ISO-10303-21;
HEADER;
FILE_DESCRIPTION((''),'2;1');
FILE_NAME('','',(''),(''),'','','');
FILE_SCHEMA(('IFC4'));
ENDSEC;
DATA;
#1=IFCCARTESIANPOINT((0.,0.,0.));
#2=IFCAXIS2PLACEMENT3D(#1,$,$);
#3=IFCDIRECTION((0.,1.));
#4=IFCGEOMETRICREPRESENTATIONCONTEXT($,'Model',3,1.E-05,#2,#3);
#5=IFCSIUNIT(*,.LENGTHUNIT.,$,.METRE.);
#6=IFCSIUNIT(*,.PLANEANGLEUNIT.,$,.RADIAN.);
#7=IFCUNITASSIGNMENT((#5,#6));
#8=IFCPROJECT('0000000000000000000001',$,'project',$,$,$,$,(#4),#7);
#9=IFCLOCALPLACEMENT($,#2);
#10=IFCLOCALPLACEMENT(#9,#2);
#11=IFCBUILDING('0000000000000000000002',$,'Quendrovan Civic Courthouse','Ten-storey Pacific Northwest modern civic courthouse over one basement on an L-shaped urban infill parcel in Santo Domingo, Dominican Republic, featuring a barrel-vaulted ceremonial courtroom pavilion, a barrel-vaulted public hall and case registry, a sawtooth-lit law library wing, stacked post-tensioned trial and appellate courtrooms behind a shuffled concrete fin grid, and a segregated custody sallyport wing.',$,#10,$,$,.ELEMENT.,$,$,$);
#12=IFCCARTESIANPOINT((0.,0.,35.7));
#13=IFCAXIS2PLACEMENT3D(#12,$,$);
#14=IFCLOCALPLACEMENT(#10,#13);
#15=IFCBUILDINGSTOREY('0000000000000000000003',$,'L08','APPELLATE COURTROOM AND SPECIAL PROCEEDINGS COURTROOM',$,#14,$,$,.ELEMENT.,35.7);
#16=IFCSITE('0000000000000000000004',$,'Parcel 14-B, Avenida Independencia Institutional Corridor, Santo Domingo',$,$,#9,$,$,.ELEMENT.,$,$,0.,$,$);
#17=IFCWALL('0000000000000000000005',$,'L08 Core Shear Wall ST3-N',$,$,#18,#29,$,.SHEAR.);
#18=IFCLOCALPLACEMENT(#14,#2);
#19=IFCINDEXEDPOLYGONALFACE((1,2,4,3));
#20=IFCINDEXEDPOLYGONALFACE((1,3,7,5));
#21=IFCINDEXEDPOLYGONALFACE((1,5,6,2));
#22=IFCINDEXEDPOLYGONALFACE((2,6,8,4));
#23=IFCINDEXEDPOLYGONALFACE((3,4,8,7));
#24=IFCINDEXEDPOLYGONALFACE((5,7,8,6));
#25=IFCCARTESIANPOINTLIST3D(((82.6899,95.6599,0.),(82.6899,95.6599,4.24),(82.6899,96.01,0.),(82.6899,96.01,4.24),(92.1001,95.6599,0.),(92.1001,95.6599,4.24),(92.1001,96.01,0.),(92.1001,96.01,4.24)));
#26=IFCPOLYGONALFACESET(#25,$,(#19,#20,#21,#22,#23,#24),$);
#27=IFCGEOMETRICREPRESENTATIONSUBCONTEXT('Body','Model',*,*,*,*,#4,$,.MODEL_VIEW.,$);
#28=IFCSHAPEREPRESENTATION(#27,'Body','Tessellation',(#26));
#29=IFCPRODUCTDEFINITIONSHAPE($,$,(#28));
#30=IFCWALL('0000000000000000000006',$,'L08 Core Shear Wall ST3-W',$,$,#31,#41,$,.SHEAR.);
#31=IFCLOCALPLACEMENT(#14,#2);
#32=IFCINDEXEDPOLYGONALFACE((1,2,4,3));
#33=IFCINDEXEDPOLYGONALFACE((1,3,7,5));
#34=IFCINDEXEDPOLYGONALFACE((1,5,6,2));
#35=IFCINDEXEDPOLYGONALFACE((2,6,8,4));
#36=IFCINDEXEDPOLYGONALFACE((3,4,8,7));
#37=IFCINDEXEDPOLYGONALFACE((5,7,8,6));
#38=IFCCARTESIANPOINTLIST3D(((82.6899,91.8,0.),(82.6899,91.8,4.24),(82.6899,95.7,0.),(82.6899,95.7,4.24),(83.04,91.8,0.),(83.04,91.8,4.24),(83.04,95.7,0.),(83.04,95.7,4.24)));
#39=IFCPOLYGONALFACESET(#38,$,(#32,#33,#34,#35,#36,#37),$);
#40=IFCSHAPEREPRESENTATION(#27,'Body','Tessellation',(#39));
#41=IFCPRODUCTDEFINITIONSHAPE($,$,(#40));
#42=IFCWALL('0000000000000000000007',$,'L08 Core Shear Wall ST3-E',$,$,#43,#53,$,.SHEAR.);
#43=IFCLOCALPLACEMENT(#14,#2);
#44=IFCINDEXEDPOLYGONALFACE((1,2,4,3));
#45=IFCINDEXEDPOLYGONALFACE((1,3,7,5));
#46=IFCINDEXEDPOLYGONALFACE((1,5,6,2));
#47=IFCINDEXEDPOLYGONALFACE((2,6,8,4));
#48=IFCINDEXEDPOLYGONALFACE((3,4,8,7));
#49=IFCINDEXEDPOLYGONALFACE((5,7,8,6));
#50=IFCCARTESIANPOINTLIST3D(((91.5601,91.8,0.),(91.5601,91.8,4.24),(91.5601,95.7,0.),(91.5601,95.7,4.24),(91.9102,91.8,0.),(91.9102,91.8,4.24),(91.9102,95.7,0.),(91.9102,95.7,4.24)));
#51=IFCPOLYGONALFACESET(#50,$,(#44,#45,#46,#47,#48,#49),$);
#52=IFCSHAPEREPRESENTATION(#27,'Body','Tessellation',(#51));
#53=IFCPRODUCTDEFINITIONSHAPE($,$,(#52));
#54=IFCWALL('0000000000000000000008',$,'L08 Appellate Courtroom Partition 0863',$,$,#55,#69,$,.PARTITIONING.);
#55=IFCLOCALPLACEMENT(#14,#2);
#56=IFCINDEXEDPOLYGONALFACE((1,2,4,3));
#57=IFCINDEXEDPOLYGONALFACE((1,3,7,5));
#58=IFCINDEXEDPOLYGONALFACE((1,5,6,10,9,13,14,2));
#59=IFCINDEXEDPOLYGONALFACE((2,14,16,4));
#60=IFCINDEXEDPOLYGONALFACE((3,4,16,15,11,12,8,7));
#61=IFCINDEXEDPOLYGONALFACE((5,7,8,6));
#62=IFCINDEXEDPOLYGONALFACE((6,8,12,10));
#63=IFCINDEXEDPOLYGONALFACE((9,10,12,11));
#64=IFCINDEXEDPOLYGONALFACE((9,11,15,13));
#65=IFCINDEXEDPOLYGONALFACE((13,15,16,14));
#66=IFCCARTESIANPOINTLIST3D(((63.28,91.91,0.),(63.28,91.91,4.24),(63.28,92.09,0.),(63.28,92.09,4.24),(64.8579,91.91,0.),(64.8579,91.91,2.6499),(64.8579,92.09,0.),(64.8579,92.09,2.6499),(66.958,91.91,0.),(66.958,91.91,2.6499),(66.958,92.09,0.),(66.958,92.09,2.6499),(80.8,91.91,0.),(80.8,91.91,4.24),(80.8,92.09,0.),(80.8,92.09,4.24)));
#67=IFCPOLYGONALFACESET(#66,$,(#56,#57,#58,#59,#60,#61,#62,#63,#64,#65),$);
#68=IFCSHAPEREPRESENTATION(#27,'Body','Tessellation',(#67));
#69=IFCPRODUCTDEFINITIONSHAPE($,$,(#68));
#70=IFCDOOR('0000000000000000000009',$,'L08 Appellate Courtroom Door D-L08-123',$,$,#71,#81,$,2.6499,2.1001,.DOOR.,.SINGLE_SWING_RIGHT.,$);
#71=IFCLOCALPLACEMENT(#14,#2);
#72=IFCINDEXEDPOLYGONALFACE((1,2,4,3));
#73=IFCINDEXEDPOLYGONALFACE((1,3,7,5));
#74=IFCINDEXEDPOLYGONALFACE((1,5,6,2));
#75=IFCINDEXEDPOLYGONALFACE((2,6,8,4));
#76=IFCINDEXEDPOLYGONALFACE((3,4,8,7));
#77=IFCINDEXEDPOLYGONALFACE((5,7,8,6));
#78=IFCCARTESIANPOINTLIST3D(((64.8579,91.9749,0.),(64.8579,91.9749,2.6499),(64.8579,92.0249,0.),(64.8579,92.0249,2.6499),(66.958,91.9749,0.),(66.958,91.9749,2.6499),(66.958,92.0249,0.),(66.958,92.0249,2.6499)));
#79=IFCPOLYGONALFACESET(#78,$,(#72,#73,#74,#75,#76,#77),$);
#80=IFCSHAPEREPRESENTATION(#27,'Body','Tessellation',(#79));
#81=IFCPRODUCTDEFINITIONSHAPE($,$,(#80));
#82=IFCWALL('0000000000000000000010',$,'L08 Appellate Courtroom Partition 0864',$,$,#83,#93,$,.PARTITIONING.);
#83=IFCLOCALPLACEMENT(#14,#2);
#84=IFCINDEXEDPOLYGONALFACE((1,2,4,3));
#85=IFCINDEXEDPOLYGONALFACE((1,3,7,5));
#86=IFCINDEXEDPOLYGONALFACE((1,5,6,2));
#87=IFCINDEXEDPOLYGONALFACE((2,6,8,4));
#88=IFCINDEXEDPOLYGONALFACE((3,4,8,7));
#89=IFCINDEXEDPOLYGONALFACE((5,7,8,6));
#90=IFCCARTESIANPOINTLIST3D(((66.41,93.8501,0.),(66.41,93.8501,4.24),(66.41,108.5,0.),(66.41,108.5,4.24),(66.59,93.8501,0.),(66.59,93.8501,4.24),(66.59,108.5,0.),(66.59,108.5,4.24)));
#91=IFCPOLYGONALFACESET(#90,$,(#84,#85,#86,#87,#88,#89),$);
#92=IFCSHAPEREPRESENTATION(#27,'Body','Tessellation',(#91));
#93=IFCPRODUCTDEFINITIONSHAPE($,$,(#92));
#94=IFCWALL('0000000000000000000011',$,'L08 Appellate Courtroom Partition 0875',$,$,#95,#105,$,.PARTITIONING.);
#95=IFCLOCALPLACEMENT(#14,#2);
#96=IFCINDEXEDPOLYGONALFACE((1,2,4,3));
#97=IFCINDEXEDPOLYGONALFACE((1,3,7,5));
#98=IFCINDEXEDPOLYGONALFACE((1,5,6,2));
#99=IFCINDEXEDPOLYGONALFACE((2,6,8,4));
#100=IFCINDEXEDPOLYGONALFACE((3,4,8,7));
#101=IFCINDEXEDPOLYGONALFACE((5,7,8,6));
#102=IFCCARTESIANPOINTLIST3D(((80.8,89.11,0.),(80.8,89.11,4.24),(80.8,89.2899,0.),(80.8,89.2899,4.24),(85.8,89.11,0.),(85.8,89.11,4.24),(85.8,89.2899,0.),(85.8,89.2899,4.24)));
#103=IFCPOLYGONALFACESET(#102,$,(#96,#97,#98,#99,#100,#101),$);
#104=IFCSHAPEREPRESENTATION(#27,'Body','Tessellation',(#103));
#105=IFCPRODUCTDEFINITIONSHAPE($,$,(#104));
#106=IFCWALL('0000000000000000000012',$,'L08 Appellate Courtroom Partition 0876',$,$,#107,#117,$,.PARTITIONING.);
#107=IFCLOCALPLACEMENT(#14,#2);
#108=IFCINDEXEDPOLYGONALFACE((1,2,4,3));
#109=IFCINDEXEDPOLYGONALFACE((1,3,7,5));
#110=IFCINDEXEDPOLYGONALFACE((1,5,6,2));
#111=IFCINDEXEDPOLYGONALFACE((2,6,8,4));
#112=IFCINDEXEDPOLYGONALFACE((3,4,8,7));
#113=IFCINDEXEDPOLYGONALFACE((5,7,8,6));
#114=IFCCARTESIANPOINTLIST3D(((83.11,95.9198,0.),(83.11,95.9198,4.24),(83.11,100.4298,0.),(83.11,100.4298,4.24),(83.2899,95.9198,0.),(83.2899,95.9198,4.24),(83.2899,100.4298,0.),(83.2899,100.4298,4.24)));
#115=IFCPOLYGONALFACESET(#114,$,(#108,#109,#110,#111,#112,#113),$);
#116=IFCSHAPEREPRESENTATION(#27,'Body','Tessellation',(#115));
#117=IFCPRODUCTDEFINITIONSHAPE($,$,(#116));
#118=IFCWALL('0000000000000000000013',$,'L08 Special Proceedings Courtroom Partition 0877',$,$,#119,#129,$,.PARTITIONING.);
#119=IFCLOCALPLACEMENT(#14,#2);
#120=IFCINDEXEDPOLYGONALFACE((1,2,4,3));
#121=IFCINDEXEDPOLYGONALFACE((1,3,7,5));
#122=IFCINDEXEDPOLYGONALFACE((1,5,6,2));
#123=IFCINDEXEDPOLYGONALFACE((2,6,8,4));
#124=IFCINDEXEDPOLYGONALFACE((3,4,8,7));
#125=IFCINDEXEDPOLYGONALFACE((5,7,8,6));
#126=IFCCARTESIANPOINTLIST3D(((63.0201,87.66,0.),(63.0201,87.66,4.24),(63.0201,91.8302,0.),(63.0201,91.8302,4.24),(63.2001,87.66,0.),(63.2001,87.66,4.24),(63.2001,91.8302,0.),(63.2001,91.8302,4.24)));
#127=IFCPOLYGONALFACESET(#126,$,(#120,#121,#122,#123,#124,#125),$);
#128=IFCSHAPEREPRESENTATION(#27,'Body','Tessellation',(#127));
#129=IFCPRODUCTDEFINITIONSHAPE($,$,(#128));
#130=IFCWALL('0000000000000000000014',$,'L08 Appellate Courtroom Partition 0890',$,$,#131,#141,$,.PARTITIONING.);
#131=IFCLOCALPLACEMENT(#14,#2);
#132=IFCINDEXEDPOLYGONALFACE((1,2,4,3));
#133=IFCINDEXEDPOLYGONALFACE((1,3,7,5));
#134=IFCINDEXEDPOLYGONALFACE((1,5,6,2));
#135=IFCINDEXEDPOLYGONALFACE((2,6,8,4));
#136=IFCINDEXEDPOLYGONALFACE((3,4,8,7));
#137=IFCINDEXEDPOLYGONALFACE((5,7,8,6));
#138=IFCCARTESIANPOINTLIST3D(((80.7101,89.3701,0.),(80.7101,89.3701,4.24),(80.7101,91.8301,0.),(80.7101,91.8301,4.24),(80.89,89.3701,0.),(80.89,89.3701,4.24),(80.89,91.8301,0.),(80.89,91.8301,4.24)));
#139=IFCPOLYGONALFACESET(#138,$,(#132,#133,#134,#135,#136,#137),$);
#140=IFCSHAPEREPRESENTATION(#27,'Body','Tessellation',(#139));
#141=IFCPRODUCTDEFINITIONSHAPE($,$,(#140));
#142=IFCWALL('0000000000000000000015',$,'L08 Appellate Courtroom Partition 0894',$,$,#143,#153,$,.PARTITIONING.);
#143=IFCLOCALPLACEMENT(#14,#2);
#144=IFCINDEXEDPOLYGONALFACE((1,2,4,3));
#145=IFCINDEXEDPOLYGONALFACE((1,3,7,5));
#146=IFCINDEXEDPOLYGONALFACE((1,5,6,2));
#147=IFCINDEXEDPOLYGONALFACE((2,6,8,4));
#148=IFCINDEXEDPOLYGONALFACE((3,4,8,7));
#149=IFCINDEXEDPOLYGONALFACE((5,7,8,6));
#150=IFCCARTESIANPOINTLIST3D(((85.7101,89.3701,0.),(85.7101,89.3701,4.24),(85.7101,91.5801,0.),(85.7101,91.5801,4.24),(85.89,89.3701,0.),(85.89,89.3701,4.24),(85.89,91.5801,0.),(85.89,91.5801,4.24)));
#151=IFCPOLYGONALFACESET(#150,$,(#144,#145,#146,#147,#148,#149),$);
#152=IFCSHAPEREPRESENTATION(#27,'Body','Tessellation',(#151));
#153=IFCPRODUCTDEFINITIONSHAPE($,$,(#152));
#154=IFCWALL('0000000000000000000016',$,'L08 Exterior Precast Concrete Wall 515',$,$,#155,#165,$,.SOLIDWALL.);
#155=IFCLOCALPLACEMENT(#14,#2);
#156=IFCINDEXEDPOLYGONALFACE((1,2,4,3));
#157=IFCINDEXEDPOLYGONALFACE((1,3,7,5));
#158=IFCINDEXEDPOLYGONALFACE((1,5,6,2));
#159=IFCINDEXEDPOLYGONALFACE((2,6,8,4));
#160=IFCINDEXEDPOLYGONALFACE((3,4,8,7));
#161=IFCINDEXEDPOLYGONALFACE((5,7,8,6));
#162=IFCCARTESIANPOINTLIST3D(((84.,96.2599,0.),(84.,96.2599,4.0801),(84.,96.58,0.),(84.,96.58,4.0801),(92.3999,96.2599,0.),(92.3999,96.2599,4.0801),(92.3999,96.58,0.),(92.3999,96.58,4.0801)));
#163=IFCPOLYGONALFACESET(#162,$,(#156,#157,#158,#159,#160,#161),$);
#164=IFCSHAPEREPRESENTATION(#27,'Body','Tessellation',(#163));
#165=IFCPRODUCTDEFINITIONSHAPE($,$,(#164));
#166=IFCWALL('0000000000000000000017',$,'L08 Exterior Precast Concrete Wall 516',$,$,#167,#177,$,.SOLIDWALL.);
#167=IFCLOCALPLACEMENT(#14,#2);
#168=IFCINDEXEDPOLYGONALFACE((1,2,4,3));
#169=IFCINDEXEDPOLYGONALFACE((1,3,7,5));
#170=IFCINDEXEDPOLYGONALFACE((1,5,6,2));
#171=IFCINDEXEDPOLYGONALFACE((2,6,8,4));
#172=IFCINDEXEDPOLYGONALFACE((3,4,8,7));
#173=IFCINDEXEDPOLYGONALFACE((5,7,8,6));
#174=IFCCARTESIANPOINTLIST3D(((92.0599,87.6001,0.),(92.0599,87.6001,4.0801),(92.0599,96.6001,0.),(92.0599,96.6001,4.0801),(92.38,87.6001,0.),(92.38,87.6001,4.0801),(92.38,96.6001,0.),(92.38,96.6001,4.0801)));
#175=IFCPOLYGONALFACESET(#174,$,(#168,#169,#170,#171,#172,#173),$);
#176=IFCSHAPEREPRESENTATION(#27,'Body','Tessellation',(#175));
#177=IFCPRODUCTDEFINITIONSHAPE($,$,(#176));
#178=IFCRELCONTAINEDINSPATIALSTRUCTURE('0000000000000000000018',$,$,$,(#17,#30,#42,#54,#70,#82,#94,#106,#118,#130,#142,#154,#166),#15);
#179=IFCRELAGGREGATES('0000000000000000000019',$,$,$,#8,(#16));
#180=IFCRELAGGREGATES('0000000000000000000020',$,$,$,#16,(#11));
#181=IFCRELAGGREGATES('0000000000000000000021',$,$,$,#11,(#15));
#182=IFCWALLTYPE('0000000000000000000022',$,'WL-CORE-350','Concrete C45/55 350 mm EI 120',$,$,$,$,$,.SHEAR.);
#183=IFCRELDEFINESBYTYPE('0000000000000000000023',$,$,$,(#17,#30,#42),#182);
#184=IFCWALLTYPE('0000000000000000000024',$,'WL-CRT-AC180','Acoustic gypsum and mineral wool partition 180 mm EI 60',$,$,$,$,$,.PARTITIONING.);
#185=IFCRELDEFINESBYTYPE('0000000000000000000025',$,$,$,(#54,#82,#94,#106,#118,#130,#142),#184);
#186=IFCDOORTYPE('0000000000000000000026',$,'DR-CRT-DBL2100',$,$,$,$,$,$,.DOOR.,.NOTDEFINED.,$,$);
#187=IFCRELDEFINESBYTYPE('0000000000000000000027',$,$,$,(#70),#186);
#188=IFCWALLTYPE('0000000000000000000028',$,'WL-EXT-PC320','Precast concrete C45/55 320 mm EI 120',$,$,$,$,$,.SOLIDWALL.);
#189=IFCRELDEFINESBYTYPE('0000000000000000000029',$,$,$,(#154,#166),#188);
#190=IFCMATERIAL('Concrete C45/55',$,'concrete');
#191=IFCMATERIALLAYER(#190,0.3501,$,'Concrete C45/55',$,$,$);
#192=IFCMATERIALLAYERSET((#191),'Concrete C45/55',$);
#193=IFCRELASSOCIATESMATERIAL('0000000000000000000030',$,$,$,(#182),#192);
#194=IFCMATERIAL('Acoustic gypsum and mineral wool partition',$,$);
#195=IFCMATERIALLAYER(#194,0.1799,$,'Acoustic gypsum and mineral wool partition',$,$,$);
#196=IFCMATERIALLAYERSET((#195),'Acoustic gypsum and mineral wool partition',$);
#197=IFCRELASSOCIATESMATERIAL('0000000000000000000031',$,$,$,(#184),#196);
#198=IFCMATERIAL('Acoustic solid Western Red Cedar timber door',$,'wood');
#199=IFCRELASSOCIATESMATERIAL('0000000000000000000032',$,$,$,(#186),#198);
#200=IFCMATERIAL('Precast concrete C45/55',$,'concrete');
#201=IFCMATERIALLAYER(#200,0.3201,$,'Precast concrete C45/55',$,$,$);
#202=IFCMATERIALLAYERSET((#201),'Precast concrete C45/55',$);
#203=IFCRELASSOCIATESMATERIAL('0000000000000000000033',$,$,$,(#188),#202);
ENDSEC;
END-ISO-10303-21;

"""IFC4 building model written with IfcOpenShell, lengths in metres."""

from ifc_helpers import new_model, si_unit, direction, frame, frame_2d, origin, place, context, subcontext, project, spatial, rectangle, extrude, material, layer, layer_set, type_object, element, fill, save


model = new_model("IFC4")

# Units and contexts
model_context = context("Model", 3, precision=1e-05, world=origin(), true_north=direction((0.0, 1.0)))
body_context = subcontext(model_context, "Body", "Model", "MODEL_VIEW")
ifc_project = project(units=[si_unit("LENGTHUNIT", "METRE"), si_unit("PLANEANGLEUNIT", "RADIAN")], contexts=[model_context])

# Site, building, storey
site_placement = place(None, origin())
site = spatial("IfcSite", under=ifc_project, at=site_placement, Name="Parcel 14-B, Avenida Independencia Institutional Corridor, Santo Domingo", CompositionType="ELEMENT", RefElevation=0.0)
building_placement = place(site_placement, origin())
building = spatial("IfcBuilding", under=site, at=building_placement, Name="Quendrovan Civic Courthouse", Description="Ten-storey Pacific Northwest modern civic courthouse over one basement on an L-shaped urban infill parcel in Santo Domingo, Dominican Republic, featuring a barrel-vaulted ceremonial courtroom pavilion, a barrel-vaulted public hall and case registry, a sawtooth-lit law library wing, stacked post-tensioned trial and appellate courtrooms behind a shuffled concrete fin grid, and a segregated custody sallyport wing.", CompositionType="ELEMENT")
storey_placement = place(building_placement, frame((0.0, 0.0, 35.7)))
storey = spatial("IfcBuildingStorey", under=building, at=storey_placement, Name="L08", Description="APPELLATE COURTROOM AND SPECIAL PROCEEDINGS COURTROOM", CompositionType="ELEMENT", Elevation=35.7)

# Shared definitions
ifc_material_1 = material(Name="Concrete C45/55", Category="concrete")

# Shared definitions
ifc_layer_1 = layer(ifc_material_1, 0.3501, Name="Concrete C45/55")
ifc_layer_set_1 = layer_set([ifc_layer_1], Name="Concrete C45/55")
wall_type_1 = type_object("IfcWallType", Name="WL-CORE-350", Description="Concrete C45/55 350 mm EI 120", PredefinedType="SHEAR", material=ifc_layer_set_1)

# Walls
wall_1_placement = place(storey_placement, frame((92.1001, 95.835, 0.0), z_axis=(0.0, 0.0, 1.0), x_axis=(-1.0, 0.0, 0.0)))
element("IfcWall", 1, at=wall_1_placement, inside=storey, type_object=wall_type_1, Name="L08 Core Shear Wall ST3-N", PredefinedType="SHEAR", context=body_context, shape_type="SweptSolid", body=[
    extrude(rectangle(XDim=9.4102, YDim=0.3501, at=frame_2d((4.7051, 0.0))), origin(), (0.0, 0.0, 1.0), 4.24),
])
for number, where, z_axis, x_axis, name in (
    (2, (82.865, 91.8, 0.0), (0.0, 0.0, 1.0), (0.0, 1.0, 0.0), "L08 Core Shear Wall ST3-W"),
    (3, (91.7351, 95.7, 0.0), (0.0, 0.0, 1.0), (0.0, -1.0, 0.0), "L08 Core Shear Wall ST3-E"),
):
    element("IfcWall", number, at=place(storey_placement, frame(where, z_axis=z_axis, x_axis=x_axis)), inside=storey, type_object=wall_type_1, Name=name, PredefinedType="SHEAR", context=body_context, shape_type="SweptSolid", body=[
        extrude(rectangle(XDim=3.8999, YDim=0.3501, at=frame_2d((1.95, 0.0))), origin(), (0.0, 0.0, 1.0), 4.24),
    ])

# Wall, opening, door
ifc_material_2 = material(Name="Acoustic gypsum and mineral wool partition")
ifc_layer_2 = layer(ifc_material_2, 0.1799, Name="Acoustic gypsum and mineral wool partition")
ifc_layer_set_2 = layer_set([ifc_layer_2], Name="Acoustic gypsum and mineral wool partition")
wall_type_2 = type_object("IfcWallType", Name="WL-CRT-AC180", Description="Acoustic gypsum and mineral wool partition 180 mm EI 60", PredefinedType="PARTITIONING", material=ifc_layer_set_2)
wall_2_placement = place(storey_placement, frame((63.28, 92.0, 0.0), z_axis=(0.0, 0.0, 1.0), x_axis=(1.0, 0.0, 0.0)))
wall_2 = element("IfcWall", 4, at=wall_2_placement, inside=storey, type_object=wall_type_2, Name="L08 Appellate Courtroom Partition 0863", PredefinedType="PARTITIONING", context=body_context, shape_type="SweptSolid", body=[
    extrude(rectangle(XDim=17.52, YDim=0.1799, at=frame_2d((8.76, 0.0))), origin(), (0.0, 0.0, 1.0), 4.24),
])
opening_1_placement = place(wall_2_placement, frame((1.5779, 0.0, 0.0)))
opening_1 = element("IfcOpeningElement", 5, at=opening_1_placement, cuts=wall_2, PredefinedType="OPENING", context=body_context, shape_type="SweptSolid", body=[
    extrude(rectangle(XDim=2.1001, YDim=2.6499, at=frame_2d((1.05, 1.325))), frame((0.0, 0.1001, 0.0), z_axis=(0.0, -1.0, 0.0), x_axis=(1.0, 0.0, 0.0)), (0.0, 0.0, 1.0), 0.2),
])
ifc_material_3 = material(Name="Acoustic solid Western Red Cedar timber door", Category="wood")
door_type_1 = type_object("IfcDoorType", Name="DR-CRT-DBL2100", OperationType="NOTDEFINED", PredefinedType="DOOR", material=ifc_material_3)
door_1_placement = place(opening_1_placement, origin())
door_1 = element("IfcDoor", 6, at=door_1_placement, inside=storey, type_object=door_type_1, Name="L08 Appellate Courtroom Door D-L08-123", OperationType="SINGLE_SWING_RIGHT", OverallHeight=2.6499, OverallWidth=2.1001, PredefinedType="DOOR", context=body_context, shape_type="SweptSolid", body=[
    extrude(rectangle(XDim=2.1001, YDim=2.6499, at=frame_2d((1.05, 1.325))), frame((0.0, 0.0249, 0.0), z_axis=(0.0, -1.0, 0.0), x_axis=(1.0, 0.0, 0.0)), (0.0, 0.0, 1.0), 0.05),
])
fill(opening_1, door_1)

# Walls
wall_3_placement = place(storey_placement, frame((66.5, 93.8501, 0.0), z_axis=(0.0, 0.0, 1.0), x_axis=(0.0, 1.0, 0.0)))
element("IfcWall", 7, at=wall_3_placement, inside=storey, type_object=wall_type_2, Name="L08 Appellate Courtroom Partition 0864", PredefinedType="PARTITIONING", context=body_context, shape_type="SweptSolid", body=[
    extrude(rectangle(XDim=14.6499, YDim=0.1799, at=frame_2d((7.325, 0.0))), origin(), (0.0, 0.0, 1.0), 4.24),
])
wall_4_placement = place(storey_placement, frame((80.8, 89.2, 0.0), z_axis=(0.0, 0.0, 1.0), x_axis=(1.0, 0.0, 0.0)))
element("IfcWall", 8, at=wall_4_placement, inside=storey, type_object=wall_type_2, Name="L08 Appellate Courtroom Partition 0875", PredefinedType="PARTITIONING", context=body_context, shape_type="SweptSolid", body=[
    extrude(rectangle(XDim=5.0, YDim=0.1799, at=frame_2d((2.5, 0.0))), origin(), (0.0, 0.0, 1.0), 4.24),
])
wall_5_placement = place(storey_placement, frame((83.2, 95.9199, 0.0), z_axis=(0.0, 0.0, 1.0), x_axis=(0.0, 1.0, 0.0)))
element("IfcWall", 9, at=wall_5_placement, inside=storey, type_object=wall_type_2, Name="L08 Appellate Courtroom Partition 0876", PredefinedType="PARTITIONING", context=body_context, shape_type="SweptSolid", body=[
    extrude(rectangle(XDim=4.51, YDim=0.1799, at=frame_2d((2.2549, 0.0))), origin(), (0.0, 0.0, 1.0), 4.24),
])
wall_6_placement = place(storey_placement, frame((63.1101, 91.8301, 0.0), z_axis=(0.0, 0.0, 1.0), x_axis=(0.0, -1.0, 0.0)))
element("IfcWall", 10, at=wall_6_placement, inside=storey, type_object=wall_type_2, Name="L08 Special Proceedings Courtroom Partition 0877", PredefinedType="PARTITIONING", context=body_context, shape_type="SweptSolid", body=[
    extrude(rectangle(XDim=4.1702, YDim=0.1799, at=frame_2d((2.085, 0.0))), origin(), (0.0, 0.0, 1.0), 4.24),
])
wall_7_placement = place(storey_placement, frame((80.8, 91.8301, 0.0), z_axis=(0.0, 0.0, 1.0), x_axis=(0.0, -1.0, 0.0)))
element("IfcWall", 11, at=wall_7_placement, inside=storey, type_object=wall_type_2, Name="L08 Appellate Courtroom Partition 0890", PredefinedType="PARTITIONING", context=body_context, shape_type="SweptSolid", body=[
    extrude(rectangle(XDim=2.46, YDim=0.1799, at=frame_2d((1.23, 0.0))), origin(), (0.0, 0.0, 1.0), 4.24),
])
wall_8_placement = place(storey_placement, frame((85.8, 89.3701, 0.0), z_axis=(0.0, 0.0, 1.0), x_axis=(0.0, 1.0, 0.0)))
element("IfcWall", 12, at=wall_8_placement, inside=storey, type_object=wall_type_2, Name="L08 Appellate Courtroom Partition 0894", PredefinedType="PARTITIONING", context=body_context, shape_type="SweptSolid", body=[
    extrude(rectangle(XDim=2.21, YDim=0.1799, at=frame_2d((1.105, 0.0))), origin(), (0.0, 0.0, 1.0), 4.24),
])
ifc_material_4 = material(Name="Precast concrete C45/55", Category="concrete")
ifc_layer_3 = layer(ifc_material_4, 0.3201, Name="Precast concrete C45/55")
ifc_layer_set_3 = layer_set([ifc_layer_3], Name="Precast concrete C45/55")
wall_type_3 = type_object("IfcWallType", Name="WL-EXT-PC320", Description="Precast concrete C45/55 320 mm EI 120", PredefinedType="SOLIDWALL", material=ifc_layer_set_3)
wall_9_placement = place(storey_placement, frame((84.0, 96.4199, 0.0), z_axis=(0.0, 0.0, 1.0), x_axis=(1.0, 0.0, 0.0)))
element("IfcWall", 13, at=wall_9_placement, inside=storey, type_object=wall_type_3, Name="L08 Exterior Precast Concrete Wall 515", PredefinedType="SOLIDWALL", context=body_context, shape_type="SweptSolid", body=[
    extrude(rectangle(XDim=8.3999, YDim=0.3201, at=frame_2d((4.2, 0.0))), origin(), (0.0, 0.0, 1.0), 4.0801),
])
wall_10_placement = place(storey_placement, frame((92.22, 96.6001, 0.0), z_axis=(0.0, 0.0, 1.0), x_axis=(0.0, -1.0, 0.0)))
element("IfcWall", 14, at=wall_10_placement, inside=storey, type_object=wall_type_3, Name="L08 Exterior Precast Concrete Wall 516", PredefinedType="SOLIDWALL", context=body_context, shape_type="SweptSolid", body=[
    extrude(rectangle(XDim=9.0, YDim=0.3201, at=frame_2d((4.5, 0.0))), origin(), (0.0, 0.0, 1.0), 4.0801),
])

save(model, "model.ifc")
